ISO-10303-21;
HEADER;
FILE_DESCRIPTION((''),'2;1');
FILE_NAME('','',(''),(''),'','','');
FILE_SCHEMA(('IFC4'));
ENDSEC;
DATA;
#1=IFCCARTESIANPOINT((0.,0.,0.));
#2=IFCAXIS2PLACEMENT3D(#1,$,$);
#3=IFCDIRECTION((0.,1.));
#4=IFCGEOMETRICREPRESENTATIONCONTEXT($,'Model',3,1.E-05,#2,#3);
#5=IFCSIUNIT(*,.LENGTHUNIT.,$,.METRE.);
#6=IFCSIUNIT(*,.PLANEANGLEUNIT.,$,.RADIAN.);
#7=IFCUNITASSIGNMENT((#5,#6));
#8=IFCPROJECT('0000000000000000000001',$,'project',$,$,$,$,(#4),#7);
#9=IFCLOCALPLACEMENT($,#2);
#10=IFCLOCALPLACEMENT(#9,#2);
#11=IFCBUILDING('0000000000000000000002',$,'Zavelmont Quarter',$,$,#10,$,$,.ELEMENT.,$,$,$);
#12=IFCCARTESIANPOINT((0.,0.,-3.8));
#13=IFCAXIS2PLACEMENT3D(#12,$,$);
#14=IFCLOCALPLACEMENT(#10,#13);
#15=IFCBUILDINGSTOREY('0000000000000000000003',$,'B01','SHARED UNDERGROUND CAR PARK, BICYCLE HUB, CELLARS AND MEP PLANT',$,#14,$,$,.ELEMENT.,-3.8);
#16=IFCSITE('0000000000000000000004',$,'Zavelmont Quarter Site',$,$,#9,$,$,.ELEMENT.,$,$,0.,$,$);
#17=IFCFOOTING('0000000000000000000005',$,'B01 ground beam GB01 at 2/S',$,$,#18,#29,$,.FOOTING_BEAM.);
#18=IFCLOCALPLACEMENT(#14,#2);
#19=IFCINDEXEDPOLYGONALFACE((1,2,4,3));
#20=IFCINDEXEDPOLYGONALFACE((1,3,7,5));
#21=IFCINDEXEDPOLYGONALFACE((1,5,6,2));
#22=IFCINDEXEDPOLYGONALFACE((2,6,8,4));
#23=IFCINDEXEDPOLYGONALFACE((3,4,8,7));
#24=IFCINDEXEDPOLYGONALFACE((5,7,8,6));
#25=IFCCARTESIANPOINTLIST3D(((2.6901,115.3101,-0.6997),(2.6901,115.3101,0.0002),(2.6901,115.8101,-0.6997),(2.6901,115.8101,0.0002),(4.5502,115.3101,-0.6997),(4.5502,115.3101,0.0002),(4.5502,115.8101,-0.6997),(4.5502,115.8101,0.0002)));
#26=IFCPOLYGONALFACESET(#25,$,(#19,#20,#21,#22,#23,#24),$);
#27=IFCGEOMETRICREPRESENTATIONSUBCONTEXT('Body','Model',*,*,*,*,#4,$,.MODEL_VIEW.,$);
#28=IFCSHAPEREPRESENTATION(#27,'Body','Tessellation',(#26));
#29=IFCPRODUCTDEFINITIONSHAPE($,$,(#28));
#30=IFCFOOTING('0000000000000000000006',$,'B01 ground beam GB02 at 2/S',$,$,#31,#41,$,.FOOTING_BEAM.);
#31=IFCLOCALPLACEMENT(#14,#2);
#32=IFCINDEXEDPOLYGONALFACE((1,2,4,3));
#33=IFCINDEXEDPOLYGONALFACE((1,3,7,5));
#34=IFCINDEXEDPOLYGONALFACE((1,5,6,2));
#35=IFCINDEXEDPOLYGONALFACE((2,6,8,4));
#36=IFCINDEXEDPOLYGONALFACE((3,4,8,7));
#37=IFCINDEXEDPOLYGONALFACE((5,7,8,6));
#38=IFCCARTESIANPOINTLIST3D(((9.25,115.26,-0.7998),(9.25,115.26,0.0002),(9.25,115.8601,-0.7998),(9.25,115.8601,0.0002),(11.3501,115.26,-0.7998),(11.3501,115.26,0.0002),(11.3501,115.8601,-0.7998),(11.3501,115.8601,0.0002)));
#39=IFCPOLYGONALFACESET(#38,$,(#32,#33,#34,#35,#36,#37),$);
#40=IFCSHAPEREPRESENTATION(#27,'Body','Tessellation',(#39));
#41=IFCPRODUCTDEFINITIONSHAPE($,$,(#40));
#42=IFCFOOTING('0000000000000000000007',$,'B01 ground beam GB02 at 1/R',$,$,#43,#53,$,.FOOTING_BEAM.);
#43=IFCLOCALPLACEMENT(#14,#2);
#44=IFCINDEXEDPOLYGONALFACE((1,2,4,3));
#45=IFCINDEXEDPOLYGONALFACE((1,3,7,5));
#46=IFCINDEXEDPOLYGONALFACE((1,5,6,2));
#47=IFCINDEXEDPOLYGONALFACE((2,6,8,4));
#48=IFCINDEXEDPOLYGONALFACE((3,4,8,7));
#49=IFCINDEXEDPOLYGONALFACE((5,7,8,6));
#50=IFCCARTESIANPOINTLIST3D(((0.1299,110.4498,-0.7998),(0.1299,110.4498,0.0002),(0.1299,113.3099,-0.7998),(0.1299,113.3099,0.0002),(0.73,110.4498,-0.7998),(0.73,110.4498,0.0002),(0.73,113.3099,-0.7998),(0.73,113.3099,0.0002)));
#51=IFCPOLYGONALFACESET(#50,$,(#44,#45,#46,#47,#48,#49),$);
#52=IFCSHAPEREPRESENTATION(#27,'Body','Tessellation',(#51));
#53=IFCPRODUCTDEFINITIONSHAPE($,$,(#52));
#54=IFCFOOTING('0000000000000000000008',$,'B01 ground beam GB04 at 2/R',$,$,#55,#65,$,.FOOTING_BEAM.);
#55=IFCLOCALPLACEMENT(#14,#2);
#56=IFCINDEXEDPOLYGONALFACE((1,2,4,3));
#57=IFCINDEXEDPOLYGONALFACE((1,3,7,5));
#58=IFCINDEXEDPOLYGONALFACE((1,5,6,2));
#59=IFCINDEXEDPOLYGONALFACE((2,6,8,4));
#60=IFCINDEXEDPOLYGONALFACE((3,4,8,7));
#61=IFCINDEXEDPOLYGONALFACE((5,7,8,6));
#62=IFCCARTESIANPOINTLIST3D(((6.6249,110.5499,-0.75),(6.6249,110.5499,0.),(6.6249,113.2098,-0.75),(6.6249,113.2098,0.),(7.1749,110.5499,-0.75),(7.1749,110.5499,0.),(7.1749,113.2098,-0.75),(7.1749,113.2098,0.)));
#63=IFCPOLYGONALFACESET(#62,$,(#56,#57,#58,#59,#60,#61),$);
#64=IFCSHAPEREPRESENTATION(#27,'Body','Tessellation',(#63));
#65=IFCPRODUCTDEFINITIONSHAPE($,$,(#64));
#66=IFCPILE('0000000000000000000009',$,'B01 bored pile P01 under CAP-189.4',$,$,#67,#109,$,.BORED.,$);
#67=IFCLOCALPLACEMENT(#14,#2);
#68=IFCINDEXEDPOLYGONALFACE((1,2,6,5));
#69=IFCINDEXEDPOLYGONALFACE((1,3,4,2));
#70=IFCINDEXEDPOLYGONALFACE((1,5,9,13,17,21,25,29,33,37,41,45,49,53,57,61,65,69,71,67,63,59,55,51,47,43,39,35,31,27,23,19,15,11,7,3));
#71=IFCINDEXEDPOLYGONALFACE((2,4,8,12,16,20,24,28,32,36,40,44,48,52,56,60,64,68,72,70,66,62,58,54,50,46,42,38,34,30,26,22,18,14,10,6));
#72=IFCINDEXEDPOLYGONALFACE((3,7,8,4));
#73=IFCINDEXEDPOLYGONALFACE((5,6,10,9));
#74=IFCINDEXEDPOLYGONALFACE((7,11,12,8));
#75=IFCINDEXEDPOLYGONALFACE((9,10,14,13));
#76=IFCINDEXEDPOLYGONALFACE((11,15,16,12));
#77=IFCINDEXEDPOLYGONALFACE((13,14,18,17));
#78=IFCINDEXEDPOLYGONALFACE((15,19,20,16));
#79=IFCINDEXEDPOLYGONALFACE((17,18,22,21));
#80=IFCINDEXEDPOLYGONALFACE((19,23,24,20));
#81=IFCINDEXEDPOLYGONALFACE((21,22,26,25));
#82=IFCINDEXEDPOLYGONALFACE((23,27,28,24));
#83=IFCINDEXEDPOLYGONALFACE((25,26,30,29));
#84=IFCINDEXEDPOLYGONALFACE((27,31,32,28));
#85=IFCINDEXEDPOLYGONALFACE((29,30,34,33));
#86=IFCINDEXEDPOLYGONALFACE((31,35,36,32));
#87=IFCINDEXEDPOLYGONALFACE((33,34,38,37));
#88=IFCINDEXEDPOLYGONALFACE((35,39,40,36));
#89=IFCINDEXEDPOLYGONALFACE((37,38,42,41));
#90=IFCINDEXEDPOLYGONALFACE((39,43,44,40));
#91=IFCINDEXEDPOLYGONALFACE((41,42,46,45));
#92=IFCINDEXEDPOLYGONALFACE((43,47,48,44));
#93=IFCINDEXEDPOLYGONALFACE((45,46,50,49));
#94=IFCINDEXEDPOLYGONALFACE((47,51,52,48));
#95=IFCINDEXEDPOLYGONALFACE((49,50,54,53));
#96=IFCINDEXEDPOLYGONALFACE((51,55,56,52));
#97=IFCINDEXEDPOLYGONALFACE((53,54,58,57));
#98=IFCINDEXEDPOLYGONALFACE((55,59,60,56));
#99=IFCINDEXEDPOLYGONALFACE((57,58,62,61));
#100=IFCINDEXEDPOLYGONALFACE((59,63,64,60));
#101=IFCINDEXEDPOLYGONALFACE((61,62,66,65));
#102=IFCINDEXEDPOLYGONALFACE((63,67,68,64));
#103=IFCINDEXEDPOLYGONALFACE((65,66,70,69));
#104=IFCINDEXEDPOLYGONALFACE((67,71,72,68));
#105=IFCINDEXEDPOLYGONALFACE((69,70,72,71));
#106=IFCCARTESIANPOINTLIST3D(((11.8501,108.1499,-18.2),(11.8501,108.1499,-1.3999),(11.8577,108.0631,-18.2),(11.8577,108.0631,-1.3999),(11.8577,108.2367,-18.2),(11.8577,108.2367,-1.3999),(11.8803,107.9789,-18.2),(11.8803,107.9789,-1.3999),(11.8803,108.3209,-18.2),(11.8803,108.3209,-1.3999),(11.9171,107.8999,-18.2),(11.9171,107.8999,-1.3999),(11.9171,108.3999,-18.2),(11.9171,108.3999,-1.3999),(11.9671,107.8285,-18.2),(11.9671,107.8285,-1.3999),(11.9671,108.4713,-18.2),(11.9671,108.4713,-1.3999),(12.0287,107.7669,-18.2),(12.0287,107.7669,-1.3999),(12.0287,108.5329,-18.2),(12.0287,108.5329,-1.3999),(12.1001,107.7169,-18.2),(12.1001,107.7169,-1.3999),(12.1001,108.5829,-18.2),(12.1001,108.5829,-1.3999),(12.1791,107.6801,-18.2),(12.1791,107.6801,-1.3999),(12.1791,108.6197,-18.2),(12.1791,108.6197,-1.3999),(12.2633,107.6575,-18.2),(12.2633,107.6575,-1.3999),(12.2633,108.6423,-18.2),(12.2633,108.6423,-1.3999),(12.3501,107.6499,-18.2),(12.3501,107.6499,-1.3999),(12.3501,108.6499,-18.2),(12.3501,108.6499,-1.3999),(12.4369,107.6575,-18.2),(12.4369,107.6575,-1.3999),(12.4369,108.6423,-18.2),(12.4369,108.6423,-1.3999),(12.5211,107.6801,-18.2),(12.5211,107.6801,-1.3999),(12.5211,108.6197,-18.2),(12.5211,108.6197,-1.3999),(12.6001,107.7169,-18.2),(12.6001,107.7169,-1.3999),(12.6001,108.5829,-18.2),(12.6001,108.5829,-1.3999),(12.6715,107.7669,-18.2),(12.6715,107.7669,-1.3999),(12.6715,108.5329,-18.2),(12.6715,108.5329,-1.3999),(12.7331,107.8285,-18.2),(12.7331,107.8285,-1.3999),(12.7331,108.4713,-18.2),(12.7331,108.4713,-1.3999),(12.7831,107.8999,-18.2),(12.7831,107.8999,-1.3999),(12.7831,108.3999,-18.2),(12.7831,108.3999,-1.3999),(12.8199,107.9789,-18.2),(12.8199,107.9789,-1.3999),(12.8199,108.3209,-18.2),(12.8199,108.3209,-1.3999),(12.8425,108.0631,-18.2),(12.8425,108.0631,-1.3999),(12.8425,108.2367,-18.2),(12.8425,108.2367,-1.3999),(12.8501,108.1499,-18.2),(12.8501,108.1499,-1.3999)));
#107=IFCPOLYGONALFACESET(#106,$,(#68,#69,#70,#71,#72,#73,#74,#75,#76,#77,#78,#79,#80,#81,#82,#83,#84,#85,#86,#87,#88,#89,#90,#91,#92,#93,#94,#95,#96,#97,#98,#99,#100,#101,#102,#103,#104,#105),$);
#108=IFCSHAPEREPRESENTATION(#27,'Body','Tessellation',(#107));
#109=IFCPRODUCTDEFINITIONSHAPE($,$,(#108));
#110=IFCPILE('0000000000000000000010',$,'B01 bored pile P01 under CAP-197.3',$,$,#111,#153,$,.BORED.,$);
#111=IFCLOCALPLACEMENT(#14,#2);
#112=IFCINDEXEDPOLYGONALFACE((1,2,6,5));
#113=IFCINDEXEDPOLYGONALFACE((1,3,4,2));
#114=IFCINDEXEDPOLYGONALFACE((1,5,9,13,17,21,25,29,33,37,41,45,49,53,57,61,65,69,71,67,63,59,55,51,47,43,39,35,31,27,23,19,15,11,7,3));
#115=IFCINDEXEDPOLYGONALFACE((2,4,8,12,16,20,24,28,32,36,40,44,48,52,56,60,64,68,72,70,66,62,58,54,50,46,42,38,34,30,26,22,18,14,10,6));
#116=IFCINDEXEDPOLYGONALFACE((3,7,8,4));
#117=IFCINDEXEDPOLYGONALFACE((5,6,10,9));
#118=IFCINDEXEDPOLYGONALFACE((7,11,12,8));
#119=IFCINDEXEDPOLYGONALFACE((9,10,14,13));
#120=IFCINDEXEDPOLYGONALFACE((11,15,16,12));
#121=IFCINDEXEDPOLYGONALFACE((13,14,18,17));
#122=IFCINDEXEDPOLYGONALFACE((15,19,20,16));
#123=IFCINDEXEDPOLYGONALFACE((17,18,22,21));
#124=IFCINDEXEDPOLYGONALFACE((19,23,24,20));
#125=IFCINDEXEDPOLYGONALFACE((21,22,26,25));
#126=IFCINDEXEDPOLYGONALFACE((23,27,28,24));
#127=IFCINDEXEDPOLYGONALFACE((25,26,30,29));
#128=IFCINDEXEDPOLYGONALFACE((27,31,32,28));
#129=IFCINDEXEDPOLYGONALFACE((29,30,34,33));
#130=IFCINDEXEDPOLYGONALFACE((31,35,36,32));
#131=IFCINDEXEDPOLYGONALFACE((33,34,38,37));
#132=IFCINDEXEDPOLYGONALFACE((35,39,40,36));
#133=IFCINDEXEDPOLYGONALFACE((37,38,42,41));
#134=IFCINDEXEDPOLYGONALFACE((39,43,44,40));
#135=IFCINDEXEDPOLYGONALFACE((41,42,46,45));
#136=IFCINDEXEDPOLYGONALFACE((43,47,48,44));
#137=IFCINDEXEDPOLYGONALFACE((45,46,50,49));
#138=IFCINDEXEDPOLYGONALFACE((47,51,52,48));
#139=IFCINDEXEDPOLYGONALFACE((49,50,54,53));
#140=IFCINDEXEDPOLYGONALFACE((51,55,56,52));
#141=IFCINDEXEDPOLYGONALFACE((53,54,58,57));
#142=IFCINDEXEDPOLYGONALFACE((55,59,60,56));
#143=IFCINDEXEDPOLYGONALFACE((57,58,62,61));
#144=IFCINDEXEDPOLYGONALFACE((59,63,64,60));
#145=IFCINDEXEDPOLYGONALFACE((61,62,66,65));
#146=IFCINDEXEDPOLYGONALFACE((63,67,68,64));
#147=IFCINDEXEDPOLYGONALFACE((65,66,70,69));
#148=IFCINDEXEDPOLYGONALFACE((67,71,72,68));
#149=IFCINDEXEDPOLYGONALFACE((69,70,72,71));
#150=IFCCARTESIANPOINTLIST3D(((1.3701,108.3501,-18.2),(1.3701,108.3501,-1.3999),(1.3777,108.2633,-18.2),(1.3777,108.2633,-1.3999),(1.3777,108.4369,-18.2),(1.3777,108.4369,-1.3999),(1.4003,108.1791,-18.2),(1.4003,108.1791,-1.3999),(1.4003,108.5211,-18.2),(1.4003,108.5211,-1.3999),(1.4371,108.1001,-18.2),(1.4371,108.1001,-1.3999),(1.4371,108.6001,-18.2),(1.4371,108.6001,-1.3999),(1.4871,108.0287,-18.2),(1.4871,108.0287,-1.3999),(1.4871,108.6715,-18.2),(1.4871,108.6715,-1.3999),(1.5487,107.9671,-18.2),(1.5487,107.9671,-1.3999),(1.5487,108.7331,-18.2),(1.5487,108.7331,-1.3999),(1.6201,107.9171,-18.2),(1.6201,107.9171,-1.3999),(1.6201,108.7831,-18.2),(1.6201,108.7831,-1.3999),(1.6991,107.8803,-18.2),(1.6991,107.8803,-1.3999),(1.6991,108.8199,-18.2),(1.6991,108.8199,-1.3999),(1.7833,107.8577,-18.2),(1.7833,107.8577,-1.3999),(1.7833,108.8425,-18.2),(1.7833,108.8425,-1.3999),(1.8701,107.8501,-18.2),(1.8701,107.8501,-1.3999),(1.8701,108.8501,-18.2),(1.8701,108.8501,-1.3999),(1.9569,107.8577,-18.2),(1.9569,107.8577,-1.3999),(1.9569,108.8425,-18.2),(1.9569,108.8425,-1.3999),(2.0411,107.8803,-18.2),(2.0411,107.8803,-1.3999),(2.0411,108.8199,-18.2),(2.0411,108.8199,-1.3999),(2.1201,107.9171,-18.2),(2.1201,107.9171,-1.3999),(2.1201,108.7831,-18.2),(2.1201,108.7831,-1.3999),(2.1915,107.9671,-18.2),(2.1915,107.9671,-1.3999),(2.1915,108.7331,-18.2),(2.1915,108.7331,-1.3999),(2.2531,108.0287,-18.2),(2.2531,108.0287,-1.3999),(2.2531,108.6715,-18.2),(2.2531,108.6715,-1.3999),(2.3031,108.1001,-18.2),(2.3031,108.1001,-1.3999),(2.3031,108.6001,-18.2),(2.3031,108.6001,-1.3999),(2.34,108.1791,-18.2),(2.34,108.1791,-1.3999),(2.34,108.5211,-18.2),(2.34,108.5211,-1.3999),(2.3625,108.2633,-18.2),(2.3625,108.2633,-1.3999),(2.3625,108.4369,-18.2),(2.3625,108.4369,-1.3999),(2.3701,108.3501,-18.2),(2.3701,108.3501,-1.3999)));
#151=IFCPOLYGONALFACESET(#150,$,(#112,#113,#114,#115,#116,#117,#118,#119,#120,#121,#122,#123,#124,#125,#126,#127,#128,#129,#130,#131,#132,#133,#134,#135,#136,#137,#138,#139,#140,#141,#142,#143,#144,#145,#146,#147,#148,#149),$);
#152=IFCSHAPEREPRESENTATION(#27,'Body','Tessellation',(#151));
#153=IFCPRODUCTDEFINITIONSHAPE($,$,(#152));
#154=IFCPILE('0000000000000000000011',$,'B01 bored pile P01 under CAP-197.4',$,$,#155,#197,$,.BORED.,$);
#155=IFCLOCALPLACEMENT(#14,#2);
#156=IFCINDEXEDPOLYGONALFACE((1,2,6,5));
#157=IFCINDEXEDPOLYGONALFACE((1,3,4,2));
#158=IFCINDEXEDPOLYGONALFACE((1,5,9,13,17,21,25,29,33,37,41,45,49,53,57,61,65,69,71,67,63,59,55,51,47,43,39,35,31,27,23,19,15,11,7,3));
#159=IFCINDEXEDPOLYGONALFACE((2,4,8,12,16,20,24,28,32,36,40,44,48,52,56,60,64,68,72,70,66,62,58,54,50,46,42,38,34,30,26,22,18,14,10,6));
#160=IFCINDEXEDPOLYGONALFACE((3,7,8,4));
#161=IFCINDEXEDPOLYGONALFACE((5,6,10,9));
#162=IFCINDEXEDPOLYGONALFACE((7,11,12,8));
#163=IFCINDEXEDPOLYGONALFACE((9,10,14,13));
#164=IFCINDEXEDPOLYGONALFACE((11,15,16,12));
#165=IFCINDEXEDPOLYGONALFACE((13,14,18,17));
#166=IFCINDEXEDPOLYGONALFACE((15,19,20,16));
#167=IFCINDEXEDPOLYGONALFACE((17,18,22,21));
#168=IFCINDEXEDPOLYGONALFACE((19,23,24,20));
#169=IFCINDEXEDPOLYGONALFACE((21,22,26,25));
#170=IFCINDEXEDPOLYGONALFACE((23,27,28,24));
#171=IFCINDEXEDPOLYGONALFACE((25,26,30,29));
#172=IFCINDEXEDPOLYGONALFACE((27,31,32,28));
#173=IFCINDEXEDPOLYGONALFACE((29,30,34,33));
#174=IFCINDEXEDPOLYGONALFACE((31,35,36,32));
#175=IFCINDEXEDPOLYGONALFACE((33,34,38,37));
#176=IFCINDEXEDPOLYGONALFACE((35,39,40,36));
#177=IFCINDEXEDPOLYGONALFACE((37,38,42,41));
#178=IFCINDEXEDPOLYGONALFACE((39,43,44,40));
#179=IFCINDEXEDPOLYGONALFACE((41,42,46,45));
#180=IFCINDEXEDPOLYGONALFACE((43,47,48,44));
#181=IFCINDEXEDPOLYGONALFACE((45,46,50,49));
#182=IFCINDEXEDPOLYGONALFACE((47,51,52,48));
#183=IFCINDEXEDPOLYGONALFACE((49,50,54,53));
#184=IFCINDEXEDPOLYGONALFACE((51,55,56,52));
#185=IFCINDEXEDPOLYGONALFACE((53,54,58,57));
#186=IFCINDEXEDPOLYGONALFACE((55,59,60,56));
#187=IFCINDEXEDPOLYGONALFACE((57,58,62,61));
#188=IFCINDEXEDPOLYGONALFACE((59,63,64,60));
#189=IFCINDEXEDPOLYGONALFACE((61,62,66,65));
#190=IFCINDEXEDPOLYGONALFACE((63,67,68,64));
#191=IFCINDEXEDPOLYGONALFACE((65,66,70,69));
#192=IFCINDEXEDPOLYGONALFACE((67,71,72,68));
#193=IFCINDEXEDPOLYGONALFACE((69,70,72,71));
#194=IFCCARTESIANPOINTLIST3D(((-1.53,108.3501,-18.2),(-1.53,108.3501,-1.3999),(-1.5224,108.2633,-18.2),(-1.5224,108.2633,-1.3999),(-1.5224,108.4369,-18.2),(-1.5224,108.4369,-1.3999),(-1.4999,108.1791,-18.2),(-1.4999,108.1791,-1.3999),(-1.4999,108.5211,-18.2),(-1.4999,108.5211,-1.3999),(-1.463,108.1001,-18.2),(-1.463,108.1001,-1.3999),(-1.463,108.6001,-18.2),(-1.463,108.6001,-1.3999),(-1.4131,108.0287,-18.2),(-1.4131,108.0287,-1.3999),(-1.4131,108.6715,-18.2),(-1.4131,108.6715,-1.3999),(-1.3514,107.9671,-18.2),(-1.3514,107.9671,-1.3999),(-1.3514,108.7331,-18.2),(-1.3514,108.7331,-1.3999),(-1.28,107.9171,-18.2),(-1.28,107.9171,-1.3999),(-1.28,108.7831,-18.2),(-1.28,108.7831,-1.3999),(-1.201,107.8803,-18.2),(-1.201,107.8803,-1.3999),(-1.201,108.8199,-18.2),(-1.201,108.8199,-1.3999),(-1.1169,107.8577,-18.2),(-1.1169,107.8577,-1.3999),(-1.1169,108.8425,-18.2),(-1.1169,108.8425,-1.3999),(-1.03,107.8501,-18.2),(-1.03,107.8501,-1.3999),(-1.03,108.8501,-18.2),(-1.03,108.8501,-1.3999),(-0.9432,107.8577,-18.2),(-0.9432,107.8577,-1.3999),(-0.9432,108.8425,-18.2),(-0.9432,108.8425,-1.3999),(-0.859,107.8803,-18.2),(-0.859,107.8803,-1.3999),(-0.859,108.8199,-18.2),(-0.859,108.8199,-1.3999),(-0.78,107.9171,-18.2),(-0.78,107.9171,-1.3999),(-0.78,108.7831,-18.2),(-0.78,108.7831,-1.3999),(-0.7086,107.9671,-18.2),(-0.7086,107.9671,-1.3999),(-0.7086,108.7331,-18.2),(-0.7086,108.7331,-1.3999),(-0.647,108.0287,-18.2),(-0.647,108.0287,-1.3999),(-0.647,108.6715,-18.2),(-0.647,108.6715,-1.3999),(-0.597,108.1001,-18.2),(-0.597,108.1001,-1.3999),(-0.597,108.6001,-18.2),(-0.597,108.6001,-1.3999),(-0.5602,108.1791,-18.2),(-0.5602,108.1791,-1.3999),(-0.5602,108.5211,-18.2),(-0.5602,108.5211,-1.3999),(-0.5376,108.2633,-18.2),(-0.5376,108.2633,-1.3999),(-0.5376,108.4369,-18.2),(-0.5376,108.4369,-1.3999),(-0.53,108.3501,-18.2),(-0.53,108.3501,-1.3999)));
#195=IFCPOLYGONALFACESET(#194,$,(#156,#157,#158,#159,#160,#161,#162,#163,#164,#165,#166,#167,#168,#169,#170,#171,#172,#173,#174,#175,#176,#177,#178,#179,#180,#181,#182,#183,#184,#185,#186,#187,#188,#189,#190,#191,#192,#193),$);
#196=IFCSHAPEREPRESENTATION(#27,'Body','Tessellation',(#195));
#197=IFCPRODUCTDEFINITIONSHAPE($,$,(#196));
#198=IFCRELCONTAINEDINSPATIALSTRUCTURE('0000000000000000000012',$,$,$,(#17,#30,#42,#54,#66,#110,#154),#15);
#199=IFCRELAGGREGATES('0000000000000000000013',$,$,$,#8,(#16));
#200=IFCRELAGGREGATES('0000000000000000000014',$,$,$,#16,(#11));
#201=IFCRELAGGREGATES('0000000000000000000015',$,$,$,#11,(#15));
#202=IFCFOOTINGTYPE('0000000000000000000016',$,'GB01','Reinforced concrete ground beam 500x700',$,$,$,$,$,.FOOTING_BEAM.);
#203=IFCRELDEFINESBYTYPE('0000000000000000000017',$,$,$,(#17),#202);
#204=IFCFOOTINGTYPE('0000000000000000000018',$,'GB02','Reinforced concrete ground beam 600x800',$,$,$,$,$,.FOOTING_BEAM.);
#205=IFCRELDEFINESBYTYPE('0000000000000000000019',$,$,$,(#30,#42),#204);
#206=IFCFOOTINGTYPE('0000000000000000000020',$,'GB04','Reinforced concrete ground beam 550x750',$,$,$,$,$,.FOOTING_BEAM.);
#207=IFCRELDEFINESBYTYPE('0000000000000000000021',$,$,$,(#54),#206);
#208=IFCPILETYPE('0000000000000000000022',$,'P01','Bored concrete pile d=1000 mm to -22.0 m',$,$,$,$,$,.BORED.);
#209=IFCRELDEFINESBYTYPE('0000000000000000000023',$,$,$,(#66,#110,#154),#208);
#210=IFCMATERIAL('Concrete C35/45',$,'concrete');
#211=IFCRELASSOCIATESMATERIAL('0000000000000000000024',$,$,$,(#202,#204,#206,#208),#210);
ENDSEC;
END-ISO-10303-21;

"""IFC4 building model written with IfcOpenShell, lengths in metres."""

from ifc_helpers import new_model, si_unit, direction, frame, origin, origin_2d, place, context, subcontext, project, spatial, rectangle, circle, extrude, material, material_profile, profile_set, type_object, element, save


model = new_model("IFC4")

# Units and contexts
model_context = context("Model", 3, precision=1e-05, world=origin(), true_north=direction((0.0, 1.0)))
body_context = subcontext(model_context, "Body", "Model", "MODEL_VIEW")
ifc_project = project(units=[si_unit("LENGTHUNIT", "METRE"), si_unit("PLANEANGLEUNIT", "RADIAN")], contexts=[model_context])

# Site, building, storey
site_placement = place(None, origin())
site = spatial("IfcSite", under=ifc_project, at=site_placement, Name="Zavelmont Quarter Site", CompositionType="ELEMENT", RefElevation=0.0)
building_placement = place(site_placement, origin())
building = spatial("IfcBuilding", under=site, at=building_placement, Name="Zavelmont Quarter", CompositionType="ELEMENT")
storey_placement = place(building_placement, frame((0.0, 0.0, -3.8)))
storey = spatial("IfcBuildingStorey", under=building, at=storey_placement, Name="B01", Description="SHARED UNDERGROUND CAR PARK, BICYCLE HUB, CELLARS AND MEP PLANT", CompositionType="ELEMENT", Elevation=-3.8)

# Footings
ifc_material_1 = material(Name="Concrete C35/45", Category="concrete")
footing_type_1 = type_object("IfcFootingType", Name="GB01", Description="Reinforced concrete ground beam 500x700", PredefinedType="FOOTING_BEAM", material=ifc_material_1)
footing_1_placement = place(storey_placement, frame((3.6201, 115.5601, -0.6997), z_axis=(0.0, 0.0, 1.0), x_axis=(1.0, 0.0, 0.0)))
element("IfcFooting", 1, at=footing_1_placement, inside=storey, type_object=footing_type_1, Name="B01 ground beam GB01 at 2/S", PredefinedType="FOOTING_BEAM", context=body_context, shape_type="SweptSolid", body=[
    extrude(rectangle(XDim=1.8601, YDim=0.5, at=origin_2d()), origin(), (0.0, 0.0, 1.0), 0.7),
])
footing_type_2 = type_object("IfcFootingType", Name="GB02", Description="Reinforced concrete ground beam 600x800", PredefinedType="FOOTING_BEAM", material=ifc_material_1)
footing_2_placement = place(storey_placement, frame((10.3, 115.5601, -0.7998), z_axis=(0.0, 0.0, 1.0), x_axis=(1.0, 0.0, 0.0)))
element("IfcFooting", 2, at=footing_2_placement, inside=storey, type_object=footing_type_2, Name="B01 ground beam GB02 at 2/S", PredefinedType="FOOTING_BEAM", context=body_context, shape_type="SweptSolid", body=[
    extrude(rectangle(XDim=2.1001, YDim=0.6001, at=origin_2d()), origin(), (0.0, 0.0, 1.0), 0.8),
])
footing_3_placement = place(storey_placement, frame((0.4299, 111.8799, -0.7998), z_axis=(0.0, 0.0, 1.0), x_axis=(0.0, 1.0, 0.0)))
element("IfcFooting", 3, at=footing_3_placement, inside=storey, type_object=footing_type_2, Name="B01 ground beam GB02 at 1/R", PredefinedType="FOOTING_BEAM", context=body_context, shape_type="SweptSolid", body=[
    extrude(rectangle(XDim=2.8601, YDim=0.6001, at=origin_2d()), origin(), (0.0, 0.0, 1.0), 0.8),
])
footing_type_3 = type_object("IfcFootingType", Name="GB04", Description="Reinforced concrete ground beam 550x750", PredefinedType="FOOTING_BEAM", material=ifc_material_1)
footing_4_placement = place(storey_placement, frame((6.8999, 111.8799, -0.75), z_axis=(0.0, 0.0, 1.0), x_axis=(0.0, 1.0, 0.0)))
element("IfcFooting", 4, at=footing_4_placement, inside=storey, type_object=footing_type_3, Name="B01 ground beam GB04 at 2/R", PredefinedType="FOOTING_BEAM", context=body_context, shape_type="SweptSolid", body=[
    extrude(rectangle(XDim=2.6599, YDim=0.55, at=origin_2d()), origin(), (0.0, 0.0, 1.0), 0.75),
])

# Piles
ifc_material_profile_1 = material_profile(ifc_material_1, circle(Radius=0.5, at=origin_2d()), Name="BP1000")
ifc_profile_set_1 = profile_set([ifc_material_profile_1], Name="Concrete C35/45")
pile_type_1 = type_object("IfcPileType", Name="P01", Description="Bored concrete pile d=1000 mm to -22.0 m", PredefinedType="BORED", material=ifc_profile_set_1)
for number, where, z_axis, x_axis, name in (
    (5, (12.3501, 108.1499, -1.3999), (0.0, 0.0, -1.0), (1.0, 0.0, 0.0), "B01 bored pile P01 under CAP-189.4"),
    (6, (1.8701, 108.3501, -1.3999), (0.0, 0.0, -1.0), (1.0, 0.0, 0.0), "B01 bored pile P01 under CAP-197.3"),
    (7, (-1.03, 108.3501, -1.3999), (0.0, 0.0, -1.0), (1.0, 0.0, 0.0), "B01 bored pile P01 under CAP-197.4"),
):
    element("IfcPile", number, at=place(storey_placement, frame(where, z_axis=z_axis, x_axis=x_axis)), inside=storey, type_object=pile_type_1, Name=name, PredefinedType="BORED", context=body_context, shape_type="SweptSolid", body=[
        extrude(circle(Radius=0.5, at=origin_2d()), origin(), (0.0, 0.0, 1.0), 16.8),
    ])

save(model, "model.ifc")
